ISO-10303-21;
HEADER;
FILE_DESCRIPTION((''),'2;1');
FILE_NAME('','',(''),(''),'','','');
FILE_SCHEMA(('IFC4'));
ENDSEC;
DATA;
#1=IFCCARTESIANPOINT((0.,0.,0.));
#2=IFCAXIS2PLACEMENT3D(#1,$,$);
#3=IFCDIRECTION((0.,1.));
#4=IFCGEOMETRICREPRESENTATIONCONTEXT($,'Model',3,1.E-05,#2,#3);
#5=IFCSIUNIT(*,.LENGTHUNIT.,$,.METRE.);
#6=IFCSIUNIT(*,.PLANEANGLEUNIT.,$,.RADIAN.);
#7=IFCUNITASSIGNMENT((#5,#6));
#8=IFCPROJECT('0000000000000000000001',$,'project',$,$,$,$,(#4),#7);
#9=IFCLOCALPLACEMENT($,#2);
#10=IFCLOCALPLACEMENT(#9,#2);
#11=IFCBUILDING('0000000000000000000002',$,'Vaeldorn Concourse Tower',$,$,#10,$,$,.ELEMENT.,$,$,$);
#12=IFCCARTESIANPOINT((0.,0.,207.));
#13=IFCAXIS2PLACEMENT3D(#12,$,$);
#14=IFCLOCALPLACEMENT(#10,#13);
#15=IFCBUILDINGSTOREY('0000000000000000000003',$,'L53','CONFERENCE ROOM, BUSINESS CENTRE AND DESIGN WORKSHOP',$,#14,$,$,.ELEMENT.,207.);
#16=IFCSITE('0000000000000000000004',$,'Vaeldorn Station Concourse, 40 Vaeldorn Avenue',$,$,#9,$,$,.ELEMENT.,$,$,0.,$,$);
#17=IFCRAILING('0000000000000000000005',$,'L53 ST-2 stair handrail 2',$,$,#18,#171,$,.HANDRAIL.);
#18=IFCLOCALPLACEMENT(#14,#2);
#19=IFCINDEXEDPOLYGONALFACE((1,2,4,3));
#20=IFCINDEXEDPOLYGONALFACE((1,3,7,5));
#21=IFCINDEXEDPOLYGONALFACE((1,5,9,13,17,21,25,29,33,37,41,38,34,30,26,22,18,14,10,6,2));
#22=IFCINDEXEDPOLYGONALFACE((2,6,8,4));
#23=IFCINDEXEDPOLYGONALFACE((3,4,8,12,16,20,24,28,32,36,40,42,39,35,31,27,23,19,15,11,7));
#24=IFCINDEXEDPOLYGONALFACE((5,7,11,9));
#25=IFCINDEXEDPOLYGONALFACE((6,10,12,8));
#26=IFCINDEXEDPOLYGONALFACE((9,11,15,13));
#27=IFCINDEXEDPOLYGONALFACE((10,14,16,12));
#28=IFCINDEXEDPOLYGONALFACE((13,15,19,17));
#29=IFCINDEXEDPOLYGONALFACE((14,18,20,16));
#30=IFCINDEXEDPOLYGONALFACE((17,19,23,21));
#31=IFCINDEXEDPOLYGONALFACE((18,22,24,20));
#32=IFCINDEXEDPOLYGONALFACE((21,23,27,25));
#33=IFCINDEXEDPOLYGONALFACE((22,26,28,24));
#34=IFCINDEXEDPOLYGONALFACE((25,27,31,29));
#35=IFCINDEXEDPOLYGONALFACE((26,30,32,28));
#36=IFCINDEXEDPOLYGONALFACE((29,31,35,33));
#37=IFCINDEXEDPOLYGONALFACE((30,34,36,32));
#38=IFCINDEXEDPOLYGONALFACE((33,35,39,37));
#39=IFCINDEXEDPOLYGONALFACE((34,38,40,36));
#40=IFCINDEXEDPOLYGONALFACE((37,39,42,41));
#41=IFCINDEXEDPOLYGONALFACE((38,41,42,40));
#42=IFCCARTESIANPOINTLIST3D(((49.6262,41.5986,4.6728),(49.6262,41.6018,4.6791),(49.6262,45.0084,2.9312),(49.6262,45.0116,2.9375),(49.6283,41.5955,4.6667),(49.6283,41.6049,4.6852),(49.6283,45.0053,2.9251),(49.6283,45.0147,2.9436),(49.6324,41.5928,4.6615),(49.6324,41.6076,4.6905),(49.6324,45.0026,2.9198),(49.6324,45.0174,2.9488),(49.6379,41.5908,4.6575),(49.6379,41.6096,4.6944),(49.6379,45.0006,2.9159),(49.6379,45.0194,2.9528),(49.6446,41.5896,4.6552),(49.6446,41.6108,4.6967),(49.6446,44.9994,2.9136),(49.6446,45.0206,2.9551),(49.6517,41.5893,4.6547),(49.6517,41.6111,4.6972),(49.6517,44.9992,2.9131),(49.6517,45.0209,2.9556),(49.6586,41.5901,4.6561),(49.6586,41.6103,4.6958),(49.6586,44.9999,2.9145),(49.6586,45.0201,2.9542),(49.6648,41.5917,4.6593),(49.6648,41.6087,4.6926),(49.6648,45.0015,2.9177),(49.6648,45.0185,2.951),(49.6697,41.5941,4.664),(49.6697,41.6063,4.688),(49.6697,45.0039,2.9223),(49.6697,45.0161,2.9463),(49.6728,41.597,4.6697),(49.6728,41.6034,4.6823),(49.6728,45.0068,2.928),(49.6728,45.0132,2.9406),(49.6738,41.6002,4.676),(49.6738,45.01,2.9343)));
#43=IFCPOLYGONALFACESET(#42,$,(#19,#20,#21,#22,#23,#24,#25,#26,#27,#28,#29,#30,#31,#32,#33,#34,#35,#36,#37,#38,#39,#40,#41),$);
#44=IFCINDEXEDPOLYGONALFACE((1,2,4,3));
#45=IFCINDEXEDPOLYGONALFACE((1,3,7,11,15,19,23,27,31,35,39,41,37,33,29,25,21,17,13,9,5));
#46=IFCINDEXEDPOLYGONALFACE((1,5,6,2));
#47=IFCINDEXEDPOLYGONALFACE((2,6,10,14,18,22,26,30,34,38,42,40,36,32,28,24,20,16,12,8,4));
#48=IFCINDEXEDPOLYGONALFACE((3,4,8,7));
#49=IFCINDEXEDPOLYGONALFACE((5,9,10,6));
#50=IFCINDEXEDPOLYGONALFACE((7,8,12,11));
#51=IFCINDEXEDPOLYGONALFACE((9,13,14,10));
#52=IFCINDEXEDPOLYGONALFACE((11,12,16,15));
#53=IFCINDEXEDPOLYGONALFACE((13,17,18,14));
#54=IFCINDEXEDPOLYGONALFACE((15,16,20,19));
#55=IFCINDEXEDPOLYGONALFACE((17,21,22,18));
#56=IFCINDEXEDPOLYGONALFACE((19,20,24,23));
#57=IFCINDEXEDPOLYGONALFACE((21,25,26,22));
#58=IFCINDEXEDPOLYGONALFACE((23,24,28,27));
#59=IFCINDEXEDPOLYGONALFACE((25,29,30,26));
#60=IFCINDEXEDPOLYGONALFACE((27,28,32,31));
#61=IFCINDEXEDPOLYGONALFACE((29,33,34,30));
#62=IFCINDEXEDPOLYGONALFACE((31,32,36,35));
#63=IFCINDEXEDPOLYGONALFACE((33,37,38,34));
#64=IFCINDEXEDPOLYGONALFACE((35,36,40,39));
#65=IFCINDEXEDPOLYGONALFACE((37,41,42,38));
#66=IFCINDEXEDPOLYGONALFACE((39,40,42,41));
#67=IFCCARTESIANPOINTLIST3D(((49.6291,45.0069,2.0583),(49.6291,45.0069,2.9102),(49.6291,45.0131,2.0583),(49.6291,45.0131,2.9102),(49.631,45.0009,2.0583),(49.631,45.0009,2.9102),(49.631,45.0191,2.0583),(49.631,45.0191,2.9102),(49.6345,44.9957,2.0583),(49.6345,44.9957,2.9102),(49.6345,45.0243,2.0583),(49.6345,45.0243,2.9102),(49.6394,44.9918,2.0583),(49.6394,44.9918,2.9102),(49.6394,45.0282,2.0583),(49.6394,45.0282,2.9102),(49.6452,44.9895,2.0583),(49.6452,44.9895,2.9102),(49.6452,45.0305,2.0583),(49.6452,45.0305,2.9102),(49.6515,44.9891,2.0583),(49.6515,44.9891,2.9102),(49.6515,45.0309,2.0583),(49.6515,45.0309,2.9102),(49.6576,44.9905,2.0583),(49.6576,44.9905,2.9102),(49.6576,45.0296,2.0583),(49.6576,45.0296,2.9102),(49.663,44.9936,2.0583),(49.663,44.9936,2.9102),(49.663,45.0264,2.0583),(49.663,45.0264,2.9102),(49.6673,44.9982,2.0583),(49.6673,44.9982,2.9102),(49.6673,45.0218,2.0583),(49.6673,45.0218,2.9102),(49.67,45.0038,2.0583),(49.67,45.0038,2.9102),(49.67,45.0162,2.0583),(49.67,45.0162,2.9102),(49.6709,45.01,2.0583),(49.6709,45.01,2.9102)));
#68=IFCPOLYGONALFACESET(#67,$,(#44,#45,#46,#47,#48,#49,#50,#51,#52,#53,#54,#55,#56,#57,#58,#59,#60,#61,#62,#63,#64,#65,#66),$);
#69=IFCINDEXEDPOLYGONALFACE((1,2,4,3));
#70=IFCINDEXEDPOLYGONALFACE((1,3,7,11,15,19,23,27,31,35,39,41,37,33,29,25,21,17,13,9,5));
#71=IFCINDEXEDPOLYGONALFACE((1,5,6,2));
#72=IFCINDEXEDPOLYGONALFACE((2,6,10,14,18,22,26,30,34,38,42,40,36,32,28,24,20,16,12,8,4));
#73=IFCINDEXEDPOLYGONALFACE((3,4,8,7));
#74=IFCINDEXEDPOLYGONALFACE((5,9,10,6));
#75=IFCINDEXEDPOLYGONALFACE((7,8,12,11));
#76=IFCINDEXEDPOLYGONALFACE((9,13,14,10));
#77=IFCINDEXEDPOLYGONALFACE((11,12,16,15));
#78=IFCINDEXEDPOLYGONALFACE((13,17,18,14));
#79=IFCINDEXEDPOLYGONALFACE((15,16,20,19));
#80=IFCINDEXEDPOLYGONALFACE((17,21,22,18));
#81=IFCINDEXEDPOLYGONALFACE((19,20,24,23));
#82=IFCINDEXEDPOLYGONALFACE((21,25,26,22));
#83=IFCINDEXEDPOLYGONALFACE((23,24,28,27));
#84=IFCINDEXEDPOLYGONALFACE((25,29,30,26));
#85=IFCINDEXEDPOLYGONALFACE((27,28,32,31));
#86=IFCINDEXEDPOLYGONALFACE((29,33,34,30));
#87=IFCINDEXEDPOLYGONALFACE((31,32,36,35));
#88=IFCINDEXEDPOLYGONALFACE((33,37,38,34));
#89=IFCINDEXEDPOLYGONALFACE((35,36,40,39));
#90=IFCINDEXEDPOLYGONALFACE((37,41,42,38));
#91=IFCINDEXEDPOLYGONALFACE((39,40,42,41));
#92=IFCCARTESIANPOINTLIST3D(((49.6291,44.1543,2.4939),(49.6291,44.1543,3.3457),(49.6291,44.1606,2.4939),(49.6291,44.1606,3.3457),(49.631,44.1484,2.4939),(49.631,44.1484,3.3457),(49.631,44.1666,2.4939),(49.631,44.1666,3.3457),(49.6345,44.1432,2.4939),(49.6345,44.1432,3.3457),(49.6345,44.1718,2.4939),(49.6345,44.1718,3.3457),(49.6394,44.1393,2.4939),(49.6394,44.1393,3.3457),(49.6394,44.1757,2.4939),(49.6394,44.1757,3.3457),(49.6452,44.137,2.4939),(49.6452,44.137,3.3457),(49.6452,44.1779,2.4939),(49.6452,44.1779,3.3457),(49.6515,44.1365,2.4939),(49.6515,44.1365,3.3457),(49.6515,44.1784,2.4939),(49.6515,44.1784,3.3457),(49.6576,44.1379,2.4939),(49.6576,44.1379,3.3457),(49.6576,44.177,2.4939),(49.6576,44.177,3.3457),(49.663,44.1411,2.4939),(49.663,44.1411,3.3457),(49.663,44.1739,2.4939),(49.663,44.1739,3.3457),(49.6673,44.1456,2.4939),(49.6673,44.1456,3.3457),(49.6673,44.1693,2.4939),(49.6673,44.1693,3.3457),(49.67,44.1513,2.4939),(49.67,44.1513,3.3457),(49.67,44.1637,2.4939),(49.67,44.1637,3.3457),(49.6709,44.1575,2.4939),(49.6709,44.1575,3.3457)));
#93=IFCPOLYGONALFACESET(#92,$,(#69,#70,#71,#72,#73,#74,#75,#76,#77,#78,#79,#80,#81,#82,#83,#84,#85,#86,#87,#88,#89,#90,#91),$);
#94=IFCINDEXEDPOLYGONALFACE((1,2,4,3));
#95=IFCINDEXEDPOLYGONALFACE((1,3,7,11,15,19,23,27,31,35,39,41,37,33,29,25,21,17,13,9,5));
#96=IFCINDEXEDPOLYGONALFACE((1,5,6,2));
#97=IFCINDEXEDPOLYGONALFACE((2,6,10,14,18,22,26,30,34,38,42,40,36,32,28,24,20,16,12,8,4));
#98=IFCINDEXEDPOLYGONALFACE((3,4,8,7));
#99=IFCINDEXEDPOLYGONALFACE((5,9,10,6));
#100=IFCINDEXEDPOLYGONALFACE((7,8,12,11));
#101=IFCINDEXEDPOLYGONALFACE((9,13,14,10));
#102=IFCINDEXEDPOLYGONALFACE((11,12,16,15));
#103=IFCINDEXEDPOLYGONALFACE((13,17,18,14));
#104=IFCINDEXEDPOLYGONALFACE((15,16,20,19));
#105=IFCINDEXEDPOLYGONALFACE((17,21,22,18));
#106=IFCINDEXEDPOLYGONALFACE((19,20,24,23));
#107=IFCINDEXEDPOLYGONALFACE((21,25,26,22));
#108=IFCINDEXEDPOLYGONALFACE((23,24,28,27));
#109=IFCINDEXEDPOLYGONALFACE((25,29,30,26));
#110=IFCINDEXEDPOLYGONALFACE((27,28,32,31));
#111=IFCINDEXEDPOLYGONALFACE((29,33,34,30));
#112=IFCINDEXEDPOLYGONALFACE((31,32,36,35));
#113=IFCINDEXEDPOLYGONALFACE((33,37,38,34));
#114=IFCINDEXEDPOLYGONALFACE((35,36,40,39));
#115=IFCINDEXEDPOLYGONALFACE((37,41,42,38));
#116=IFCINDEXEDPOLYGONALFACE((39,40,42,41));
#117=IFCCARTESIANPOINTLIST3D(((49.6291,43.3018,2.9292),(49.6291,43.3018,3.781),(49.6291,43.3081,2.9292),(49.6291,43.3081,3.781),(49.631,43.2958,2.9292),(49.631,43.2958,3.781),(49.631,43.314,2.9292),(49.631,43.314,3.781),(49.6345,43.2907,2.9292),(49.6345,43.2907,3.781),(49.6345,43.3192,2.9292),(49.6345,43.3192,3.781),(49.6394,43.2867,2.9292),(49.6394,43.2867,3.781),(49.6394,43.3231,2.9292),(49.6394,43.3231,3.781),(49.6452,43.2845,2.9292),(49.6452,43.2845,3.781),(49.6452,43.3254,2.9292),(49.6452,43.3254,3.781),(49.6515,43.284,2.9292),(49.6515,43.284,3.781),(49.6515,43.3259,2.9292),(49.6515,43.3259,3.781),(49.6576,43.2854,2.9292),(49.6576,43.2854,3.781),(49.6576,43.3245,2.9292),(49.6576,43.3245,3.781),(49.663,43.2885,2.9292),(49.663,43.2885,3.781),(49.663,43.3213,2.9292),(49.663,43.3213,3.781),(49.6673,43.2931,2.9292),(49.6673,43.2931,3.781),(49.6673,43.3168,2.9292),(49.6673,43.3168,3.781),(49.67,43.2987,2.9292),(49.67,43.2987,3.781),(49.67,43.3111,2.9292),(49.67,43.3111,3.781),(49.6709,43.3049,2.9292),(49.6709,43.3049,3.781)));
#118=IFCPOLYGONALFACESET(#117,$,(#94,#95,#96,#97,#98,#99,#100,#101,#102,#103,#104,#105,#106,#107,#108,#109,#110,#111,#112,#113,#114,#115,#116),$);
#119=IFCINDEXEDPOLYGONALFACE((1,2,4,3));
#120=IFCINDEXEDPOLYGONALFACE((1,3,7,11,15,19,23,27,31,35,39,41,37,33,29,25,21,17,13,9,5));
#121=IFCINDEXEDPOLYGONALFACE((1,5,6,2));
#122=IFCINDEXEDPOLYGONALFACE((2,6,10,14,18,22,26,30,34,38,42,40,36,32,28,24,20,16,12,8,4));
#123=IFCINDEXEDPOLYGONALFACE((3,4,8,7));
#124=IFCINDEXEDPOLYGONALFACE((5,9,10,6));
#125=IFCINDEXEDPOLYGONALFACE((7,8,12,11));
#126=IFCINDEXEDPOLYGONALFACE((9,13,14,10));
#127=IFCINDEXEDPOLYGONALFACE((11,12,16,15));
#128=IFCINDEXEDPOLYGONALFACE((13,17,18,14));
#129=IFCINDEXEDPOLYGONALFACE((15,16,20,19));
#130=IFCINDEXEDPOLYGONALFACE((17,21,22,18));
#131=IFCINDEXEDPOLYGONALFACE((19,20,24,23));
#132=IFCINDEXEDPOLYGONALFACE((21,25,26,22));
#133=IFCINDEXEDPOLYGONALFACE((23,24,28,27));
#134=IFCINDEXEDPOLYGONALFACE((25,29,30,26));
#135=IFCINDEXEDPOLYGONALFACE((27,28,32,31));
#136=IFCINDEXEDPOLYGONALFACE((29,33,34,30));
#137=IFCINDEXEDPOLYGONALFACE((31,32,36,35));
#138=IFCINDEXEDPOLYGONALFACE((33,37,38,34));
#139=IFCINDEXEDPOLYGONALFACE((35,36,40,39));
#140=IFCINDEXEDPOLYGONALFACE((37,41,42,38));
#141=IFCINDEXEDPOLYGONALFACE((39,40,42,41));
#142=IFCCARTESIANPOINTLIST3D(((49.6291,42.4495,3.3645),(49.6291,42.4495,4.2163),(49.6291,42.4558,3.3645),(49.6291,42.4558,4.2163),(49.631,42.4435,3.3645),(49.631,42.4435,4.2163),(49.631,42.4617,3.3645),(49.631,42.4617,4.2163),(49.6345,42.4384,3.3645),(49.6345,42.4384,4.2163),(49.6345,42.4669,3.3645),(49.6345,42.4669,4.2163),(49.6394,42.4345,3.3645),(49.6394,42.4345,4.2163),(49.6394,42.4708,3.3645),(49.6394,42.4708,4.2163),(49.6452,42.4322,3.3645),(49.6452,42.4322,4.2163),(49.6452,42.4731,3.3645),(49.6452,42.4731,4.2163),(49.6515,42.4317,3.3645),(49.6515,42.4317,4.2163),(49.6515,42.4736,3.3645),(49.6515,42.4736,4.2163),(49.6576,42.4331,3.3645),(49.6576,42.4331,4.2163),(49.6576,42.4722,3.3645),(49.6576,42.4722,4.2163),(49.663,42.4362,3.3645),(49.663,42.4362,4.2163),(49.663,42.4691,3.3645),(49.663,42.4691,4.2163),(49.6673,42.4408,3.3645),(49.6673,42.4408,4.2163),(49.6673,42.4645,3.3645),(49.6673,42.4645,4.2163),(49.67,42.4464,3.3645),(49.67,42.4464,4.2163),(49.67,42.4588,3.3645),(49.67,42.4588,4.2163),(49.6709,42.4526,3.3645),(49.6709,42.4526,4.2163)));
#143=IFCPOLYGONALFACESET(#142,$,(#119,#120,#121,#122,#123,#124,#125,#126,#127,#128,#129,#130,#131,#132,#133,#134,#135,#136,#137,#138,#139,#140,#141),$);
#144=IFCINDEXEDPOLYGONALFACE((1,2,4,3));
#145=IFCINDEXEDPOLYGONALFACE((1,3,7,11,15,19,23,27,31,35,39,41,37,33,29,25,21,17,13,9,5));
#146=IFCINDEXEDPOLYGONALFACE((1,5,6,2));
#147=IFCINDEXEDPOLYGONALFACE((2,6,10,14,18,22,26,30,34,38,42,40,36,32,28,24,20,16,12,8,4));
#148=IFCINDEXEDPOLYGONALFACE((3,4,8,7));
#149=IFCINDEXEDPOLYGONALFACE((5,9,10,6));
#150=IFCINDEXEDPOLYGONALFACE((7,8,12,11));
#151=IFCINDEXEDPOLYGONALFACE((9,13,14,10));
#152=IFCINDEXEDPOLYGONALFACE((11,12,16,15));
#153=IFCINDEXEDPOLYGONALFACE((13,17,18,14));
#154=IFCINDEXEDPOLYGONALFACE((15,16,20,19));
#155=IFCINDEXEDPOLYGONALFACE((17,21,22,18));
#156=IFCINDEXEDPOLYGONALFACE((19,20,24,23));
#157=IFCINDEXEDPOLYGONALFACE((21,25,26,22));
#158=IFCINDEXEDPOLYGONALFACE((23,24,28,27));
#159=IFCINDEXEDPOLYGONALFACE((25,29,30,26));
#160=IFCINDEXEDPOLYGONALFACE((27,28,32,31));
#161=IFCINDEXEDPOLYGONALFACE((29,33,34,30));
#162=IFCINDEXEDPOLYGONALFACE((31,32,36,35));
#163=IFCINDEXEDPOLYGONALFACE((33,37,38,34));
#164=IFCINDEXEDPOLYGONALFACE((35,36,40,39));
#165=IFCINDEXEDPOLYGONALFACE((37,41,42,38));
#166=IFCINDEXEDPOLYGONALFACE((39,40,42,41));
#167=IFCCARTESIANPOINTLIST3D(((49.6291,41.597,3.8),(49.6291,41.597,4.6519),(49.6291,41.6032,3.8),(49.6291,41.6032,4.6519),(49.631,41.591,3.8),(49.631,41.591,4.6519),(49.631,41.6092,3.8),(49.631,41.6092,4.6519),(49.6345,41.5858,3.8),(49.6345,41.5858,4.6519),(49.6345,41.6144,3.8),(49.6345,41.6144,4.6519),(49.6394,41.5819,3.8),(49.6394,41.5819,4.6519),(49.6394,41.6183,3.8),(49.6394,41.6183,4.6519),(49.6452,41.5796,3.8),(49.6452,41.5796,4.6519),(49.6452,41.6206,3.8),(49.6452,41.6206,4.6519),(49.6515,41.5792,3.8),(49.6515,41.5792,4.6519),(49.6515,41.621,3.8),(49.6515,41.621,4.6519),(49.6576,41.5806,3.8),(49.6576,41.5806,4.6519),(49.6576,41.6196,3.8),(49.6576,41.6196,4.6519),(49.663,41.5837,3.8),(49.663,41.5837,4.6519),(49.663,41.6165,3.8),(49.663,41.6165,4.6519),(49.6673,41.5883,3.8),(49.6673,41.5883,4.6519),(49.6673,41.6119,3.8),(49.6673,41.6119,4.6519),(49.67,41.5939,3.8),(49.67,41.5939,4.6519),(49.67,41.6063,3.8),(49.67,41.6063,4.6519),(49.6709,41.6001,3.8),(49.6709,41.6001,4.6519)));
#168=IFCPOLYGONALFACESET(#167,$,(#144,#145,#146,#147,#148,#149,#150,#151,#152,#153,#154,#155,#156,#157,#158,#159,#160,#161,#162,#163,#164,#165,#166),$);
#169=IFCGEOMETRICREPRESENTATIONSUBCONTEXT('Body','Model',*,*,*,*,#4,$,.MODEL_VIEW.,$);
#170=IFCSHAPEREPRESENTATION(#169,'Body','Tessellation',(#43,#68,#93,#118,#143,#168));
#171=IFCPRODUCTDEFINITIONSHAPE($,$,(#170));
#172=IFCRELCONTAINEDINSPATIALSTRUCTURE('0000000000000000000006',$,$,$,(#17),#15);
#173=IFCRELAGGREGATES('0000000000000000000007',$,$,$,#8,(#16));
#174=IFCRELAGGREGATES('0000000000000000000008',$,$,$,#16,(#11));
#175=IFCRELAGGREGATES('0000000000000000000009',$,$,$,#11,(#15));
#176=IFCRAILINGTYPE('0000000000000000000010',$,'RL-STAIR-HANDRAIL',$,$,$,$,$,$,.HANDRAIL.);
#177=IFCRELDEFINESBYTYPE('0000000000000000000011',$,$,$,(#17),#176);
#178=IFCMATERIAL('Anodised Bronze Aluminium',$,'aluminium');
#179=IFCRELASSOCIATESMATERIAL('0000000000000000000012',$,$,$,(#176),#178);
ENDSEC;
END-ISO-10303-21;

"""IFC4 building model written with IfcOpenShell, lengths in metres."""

from ifc_helpers import new_model, si_unit, direction, frame, origin, origin_2d, place, context, subcontext, project, spatial, circle, extrude, material, type_object, element, save


model = new_model("IFC4")

# Units and contexts
model_context = context("Model", 3, precision=1e-05, world=origin(), true_north=direction((0.0, 1.0)))
body_context = subcontext(model_context, "Body", "Model", "MODEL_VIEW")
ifc_project = project(units=[si_unit("LENGTHUNIT", "METRE"), si_unit("PLANEANGLEUNIT", "RADIAN")], contexts=[model_context])

# Site, building, storey
site_placement = place(None, origin())
site = spatial("IfcSite", under=ifc_project, at=site_placement, Name="Vaeldorn Station Concourse, 40 Vaeldorn Avenue", CompositionType="ELEMENT", RefElevation=0.0)
building_placement = place(site_placement, origin())
building = spatial("IfcBuilding", under=site, at=building_placement, Name="Vaeldorn Concourse Tower", CompositionType="ELEMENT")
storey_placement = place(building_placement, frame((0.0, 0.0, 207.0)))
storey = spatial("IfcBuildingStorey", under=building, at=storey_placement, Name="L53", Description="CONFERENCE ROOM, BUSINESS CENTRE AND DESIGN WORKSHOP", CompositionType="ELEMENT", Elevation=207.0)

# Shared definitions
ifc_material_1 = material(Name="Anodised Bronze Aluminium", Category="aluminium")

# Railing
railing_type = type_object("IfcRailingType", Name="RL-STAIR-HANDRAIL", PredefinedType="HANDRAIL", material=ifc_material_1)
railing_placement = place(storey_placement, frame((49.6499, 45.01, 2.0583)))
element("IfcRailing", 1, at=railing_placement, inside=storey, type_object=railing_type, Name="L53 ST-2 stair handrail 2", PredefinedType="HANDRAIL", context=body_context, shape_type="SweptSolid", body=[
    extrude(circle(Radius=0.0239, at=origin_2d()), frame((0.0, 0.0, 0.876), z_axis=(0.0, -0.890556, 0.454874), x_axis=(1.0, 0.0, 0.0)), (0.0, 0.0, 1.0), 3.8289),
    extrude(circle(Radius=0.021, at=origin_2d()), origin(), (0.0, 0.0, 1.0), 0.8518),
    extrude(circle(Radius=0.021, at=origin_2d()), frame((0.0, -0.8525, 0.4355)), (0.0, 0.0, 1.0), 0.8518),
    extrude(circle(Radius=0.021, at=origin_2d()), frame((0.0, -1.7051, 0.8708)), (0.0, 0.0, 1.0), 0.8518),
    extrude(circle(Radius=0.021, at=origin_2d()), frame((0.0, -2.5574, 1.3062)), (0.0, 0.0, 1.0), 0.8518),
    extrude(circle(Radius=0.021, at=origin_2d()), frame((0.0, -3.4099, 1.7417)), (0.0, 0.0, 1.0), 0.8518),
])

save(model, "model.ifc")
